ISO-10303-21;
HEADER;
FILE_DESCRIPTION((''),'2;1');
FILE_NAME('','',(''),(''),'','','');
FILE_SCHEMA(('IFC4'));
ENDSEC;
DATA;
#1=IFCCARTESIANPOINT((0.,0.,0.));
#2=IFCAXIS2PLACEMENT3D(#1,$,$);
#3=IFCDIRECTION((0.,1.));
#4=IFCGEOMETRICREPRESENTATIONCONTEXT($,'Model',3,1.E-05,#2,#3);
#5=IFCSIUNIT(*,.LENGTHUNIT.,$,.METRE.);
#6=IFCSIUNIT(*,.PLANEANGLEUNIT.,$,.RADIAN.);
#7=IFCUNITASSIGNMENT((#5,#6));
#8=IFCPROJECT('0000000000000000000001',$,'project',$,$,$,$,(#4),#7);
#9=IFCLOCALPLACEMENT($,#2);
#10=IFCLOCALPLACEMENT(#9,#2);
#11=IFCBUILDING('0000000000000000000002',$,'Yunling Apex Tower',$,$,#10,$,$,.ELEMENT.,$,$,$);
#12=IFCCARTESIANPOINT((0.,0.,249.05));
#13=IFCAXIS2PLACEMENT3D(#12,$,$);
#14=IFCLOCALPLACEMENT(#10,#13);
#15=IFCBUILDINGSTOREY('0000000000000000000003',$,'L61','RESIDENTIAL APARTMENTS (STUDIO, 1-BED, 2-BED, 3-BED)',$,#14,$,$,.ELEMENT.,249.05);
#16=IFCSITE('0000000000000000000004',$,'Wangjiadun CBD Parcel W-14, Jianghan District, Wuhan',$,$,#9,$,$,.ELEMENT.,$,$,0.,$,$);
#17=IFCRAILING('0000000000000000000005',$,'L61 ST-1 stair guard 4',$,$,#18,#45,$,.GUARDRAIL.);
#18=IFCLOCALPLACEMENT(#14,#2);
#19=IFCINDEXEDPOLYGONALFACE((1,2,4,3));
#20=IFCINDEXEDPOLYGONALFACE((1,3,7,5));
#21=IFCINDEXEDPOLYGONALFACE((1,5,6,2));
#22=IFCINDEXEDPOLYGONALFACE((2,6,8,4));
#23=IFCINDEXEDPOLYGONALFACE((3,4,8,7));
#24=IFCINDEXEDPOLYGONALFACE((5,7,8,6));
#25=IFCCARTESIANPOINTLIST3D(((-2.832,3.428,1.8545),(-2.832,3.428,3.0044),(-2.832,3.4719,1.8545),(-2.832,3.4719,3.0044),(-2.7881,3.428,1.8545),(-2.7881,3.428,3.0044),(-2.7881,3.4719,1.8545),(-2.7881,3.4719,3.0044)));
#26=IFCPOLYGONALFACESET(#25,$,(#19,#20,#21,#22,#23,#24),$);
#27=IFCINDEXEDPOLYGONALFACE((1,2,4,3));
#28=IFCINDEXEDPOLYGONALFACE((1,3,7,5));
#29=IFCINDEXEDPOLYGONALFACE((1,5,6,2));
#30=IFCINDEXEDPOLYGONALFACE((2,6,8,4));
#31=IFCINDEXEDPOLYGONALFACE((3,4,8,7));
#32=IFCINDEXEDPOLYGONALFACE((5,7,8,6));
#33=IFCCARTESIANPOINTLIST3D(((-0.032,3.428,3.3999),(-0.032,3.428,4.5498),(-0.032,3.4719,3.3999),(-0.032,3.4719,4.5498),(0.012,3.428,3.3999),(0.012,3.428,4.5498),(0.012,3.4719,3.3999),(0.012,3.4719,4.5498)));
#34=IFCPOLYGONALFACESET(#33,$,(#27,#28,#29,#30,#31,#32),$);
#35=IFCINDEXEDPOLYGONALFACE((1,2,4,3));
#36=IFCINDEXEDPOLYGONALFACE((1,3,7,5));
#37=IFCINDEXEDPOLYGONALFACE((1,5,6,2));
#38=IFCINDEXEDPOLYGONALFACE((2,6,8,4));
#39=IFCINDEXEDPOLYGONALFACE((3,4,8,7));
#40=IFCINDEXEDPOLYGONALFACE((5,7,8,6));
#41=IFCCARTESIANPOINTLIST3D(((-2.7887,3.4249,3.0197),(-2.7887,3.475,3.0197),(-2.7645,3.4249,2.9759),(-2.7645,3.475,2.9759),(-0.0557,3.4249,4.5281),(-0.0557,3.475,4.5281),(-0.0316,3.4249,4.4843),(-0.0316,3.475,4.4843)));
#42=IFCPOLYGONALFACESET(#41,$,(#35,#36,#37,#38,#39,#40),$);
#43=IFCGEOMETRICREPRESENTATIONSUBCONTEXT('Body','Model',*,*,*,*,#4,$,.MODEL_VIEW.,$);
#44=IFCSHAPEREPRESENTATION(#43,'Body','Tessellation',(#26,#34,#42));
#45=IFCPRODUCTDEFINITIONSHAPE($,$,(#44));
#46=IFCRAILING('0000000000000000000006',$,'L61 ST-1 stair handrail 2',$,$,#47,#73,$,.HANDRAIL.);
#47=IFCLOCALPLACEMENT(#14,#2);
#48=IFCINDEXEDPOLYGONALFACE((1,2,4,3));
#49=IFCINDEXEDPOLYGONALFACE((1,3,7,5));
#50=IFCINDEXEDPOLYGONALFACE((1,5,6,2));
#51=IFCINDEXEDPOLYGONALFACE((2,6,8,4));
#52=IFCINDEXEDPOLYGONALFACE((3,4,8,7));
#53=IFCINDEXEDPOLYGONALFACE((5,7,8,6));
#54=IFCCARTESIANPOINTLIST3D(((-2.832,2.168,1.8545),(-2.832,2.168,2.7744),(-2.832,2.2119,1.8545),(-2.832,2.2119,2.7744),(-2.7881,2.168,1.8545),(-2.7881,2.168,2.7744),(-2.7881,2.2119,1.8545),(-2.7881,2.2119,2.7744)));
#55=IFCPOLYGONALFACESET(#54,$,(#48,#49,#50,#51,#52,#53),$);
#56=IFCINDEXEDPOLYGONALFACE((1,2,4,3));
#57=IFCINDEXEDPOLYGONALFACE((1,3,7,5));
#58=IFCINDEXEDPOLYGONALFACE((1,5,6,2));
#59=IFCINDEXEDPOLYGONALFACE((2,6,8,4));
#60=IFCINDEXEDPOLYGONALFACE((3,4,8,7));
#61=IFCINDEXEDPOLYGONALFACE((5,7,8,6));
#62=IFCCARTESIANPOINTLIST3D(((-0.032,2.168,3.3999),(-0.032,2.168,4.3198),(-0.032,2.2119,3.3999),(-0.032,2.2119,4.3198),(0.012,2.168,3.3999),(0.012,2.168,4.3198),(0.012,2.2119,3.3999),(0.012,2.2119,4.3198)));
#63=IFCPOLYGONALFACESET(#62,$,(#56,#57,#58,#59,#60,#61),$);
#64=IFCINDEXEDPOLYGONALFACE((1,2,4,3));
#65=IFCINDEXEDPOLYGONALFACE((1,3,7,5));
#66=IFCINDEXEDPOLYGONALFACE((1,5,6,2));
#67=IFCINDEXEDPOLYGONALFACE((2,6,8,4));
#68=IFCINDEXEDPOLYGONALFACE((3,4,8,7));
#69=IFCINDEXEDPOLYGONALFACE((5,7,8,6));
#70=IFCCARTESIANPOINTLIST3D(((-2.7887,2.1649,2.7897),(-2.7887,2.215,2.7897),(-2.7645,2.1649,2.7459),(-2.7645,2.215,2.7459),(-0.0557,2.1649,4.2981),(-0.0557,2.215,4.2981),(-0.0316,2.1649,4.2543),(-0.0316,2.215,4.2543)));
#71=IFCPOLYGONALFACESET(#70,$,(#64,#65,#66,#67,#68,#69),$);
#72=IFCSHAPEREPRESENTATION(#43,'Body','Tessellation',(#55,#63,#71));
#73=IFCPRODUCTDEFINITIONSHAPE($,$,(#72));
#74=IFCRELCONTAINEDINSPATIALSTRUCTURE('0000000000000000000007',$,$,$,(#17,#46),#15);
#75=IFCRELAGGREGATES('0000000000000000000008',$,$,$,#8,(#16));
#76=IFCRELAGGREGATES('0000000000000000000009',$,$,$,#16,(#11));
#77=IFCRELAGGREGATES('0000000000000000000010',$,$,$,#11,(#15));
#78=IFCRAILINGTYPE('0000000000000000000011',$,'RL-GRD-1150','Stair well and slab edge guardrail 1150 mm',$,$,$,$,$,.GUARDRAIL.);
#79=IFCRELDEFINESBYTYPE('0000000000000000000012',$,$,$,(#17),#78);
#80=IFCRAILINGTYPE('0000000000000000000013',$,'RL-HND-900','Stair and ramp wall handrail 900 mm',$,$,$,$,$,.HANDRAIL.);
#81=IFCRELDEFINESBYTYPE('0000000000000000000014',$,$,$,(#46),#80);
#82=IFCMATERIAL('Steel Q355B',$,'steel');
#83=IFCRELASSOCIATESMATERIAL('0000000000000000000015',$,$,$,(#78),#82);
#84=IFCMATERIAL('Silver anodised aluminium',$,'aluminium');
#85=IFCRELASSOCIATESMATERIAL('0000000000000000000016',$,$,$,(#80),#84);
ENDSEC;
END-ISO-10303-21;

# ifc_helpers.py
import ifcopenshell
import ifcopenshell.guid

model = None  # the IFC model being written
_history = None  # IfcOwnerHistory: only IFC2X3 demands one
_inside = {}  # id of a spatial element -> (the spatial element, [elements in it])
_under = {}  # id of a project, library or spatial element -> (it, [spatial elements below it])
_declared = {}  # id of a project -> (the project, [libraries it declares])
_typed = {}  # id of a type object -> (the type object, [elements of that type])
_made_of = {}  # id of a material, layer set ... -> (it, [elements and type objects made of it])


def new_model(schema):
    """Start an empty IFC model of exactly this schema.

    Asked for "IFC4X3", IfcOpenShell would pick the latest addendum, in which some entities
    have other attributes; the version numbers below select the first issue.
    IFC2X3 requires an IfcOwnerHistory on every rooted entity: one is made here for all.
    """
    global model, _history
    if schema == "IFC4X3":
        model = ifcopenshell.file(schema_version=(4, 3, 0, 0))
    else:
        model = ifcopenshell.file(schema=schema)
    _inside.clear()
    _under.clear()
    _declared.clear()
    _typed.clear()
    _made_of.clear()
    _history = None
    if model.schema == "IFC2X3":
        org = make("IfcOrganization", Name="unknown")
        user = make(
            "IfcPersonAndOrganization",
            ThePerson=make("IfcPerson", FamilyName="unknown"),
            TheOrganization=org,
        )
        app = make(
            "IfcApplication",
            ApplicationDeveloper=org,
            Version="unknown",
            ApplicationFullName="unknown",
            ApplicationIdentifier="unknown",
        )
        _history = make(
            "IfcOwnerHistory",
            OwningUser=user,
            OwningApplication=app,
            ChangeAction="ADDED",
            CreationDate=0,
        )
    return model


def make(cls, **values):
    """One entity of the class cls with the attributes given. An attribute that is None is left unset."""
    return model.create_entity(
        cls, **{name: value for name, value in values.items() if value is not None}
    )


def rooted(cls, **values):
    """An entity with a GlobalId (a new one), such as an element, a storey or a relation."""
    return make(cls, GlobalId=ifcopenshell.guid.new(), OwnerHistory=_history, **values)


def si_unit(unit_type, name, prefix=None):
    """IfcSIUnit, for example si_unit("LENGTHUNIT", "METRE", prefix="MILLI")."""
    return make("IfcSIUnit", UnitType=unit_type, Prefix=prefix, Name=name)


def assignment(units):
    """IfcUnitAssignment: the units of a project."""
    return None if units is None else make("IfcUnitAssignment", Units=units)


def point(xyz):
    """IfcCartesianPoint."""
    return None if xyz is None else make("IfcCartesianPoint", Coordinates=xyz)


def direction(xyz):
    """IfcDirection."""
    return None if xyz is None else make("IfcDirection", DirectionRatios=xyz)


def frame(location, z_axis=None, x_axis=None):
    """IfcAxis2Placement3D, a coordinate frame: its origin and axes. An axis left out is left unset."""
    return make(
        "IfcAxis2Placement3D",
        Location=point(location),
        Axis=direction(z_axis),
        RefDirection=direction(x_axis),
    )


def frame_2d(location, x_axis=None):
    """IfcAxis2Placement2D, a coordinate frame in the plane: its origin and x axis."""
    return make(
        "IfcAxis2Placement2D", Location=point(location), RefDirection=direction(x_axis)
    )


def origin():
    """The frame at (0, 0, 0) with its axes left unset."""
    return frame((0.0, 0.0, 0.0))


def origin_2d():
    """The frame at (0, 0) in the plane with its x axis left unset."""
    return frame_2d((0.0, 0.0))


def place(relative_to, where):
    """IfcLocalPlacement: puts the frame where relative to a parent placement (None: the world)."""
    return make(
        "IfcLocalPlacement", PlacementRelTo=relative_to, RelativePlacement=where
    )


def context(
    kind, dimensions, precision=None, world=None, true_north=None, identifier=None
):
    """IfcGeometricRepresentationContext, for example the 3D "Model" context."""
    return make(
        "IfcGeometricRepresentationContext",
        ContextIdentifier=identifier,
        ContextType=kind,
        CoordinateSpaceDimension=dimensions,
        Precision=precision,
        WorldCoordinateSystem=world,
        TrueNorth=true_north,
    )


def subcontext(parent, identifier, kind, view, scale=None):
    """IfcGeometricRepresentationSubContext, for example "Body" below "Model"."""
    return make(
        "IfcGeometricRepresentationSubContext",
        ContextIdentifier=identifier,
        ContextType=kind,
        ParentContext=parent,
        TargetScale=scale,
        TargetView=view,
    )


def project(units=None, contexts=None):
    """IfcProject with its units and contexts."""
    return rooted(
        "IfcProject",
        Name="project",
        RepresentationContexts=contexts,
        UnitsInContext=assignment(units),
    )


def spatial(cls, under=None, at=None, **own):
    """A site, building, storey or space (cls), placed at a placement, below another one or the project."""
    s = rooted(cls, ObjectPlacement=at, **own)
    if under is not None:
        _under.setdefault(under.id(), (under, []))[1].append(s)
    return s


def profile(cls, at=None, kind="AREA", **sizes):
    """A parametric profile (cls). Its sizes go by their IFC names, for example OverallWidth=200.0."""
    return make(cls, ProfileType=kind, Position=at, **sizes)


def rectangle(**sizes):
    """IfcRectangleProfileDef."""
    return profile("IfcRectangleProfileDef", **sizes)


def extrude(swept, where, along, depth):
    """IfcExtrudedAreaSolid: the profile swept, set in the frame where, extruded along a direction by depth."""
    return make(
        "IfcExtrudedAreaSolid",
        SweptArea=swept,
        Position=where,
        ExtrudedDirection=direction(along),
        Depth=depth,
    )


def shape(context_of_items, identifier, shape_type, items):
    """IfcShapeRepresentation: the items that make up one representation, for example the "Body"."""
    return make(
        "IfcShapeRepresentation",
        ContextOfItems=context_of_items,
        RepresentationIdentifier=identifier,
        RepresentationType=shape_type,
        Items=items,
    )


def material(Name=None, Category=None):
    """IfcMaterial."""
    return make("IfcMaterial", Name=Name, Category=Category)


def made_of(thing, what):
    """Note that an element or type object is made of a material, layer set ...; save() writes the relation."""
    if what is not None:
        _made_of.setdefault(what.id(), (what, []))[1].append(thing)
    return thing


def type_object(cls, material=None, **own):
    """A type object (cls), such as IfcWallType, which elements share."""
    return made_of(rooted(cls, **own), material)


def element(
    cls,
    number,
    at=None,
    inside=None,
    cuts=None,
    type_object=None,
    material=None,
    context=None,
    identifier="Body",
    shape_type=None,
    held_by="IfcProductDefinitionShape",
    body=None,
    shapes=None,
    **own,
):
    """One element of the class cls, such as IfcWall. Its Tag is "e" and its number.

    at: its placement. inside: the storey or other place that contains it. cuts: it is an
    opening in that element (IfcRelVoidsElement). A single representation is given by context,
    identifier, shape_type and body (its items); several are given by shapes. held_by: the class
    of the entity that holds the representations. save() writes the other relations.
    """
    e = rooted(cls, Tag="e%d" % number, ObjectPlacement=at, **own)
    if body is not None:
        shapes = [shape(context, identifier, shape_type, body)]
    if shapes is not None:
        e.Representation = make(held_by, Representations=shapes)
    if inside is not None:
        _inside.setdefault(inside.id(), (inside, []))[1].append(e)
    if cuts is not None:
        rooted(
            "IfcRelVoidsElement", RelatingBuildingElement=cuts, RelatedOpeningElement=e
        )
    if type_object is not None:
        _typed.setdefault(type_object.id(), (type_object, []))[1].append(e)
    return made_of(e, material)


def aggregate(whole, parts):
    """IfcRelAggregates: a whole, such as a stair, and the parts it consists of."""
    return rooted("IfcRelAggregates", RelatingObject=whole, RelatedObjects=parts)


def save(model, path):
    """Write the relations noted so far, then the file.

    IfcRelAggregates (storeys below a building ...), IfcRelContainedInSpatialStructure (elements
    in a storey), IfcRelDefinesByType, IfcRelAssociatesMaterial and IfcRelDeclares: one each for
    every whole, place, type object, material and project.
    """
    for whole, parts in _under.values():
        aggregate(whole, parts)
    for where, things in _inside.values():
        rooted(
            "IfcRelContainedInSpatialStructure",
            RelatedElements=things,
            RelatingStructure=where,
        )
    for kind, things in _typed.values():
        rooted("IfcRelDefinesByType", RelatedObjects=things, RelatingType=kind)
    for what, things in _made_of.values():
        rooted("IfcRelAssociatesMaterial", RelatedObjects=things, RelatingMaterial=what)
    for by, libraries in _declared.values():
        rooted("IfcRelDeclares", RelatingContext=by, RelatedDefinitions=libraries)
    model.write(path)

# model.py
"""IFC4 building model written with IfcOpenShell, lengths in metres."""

from ifc_helpers import new_model, si_unit, direction, frame, origin, origin_2d, place, context, subcontext, project, spatial, rectangle, extrude, material, type_object, element, save


model = new_model("IFC4")

# Units and contexts
model_context = context("Model", 3, precision=1e-05, world=origin(), true_north=direction((0.0, 1.0)))
body_context = subcontext(model_context, "Body", "Model", "MODEL_VIEW")
ifc_project = project(units=[si_unit("LENGTHUNIT", "METRE"), si_unit("PLANEANGLEUNIT", "RADIAN")], contexts=[model_context])

# Site, building, storey
site_placement = place(None, origin())
site = spatial("IfcSite", under=ifc_project, at=site_placement, Name="Wangjiadun CBD Parcel W-14, Jianghan District, Wuhan", CompositionType="ELEMENT", RefElevation=0.0)
building_placement = place(site_placement, origin())
building = spatial("IfcBuilding", under=site, at=building_placement, Name="Yunling Apex Tower", CompositionType="ELEMENT")
storey_placement = place(building_placement, frame((0.0, 0.0, 249.05)))
storey = spatial("IfcBuildingStorey", under=building, at=storey_placement, Name="L61", Description="RESIDENTIAL APARTMENTS (STUDIO, 1-BED, 2-BED, 3-BED)", CompositionType="ELEMENT", Elevation=249.05)

# Shared definitions
ifc_material_1 = material(Name="Steel Q355B", Category="steel")

# Railings
railing_type_1 = type_object("IfcRailingType", Name="RL-GRD-1150", Description="Stair well and slab edge guardrail 1150 mm", PredefinedType="GUARDRAIL", material=ifc_material_1)
railing_1_placement = place(storey_placement, frame((-2.8101, 3.45, 1.8545)))
element("IfcRailing", 1, at=railing_1_placement, inside=storey, type_object=railing_type_1, Name="L61 ST-1 stair guard 4", PredefinedType="GUARDRAIL", context=body_context, shape_type="SweptSolid", body=[
    extrude(rectangle(XDim=0.0439, YDim=0.0439, at=origin_2d()), origin(), (0.0, 0.0, 1.0), 1.1499),
    extrude(rectangle(XDim=0.0439, YDim=0.0439, at=origin_2d()), frame((2.8, 0.0, 1.5454)), (0.0, 0.0, 1.0), 1.1499),
    extrude(rectangle(XDim=0.05, YDim=0.05, at=origin_2d()), frame((0.0334, 0.0, 1.1433), z_axis=(0.875504, 0.0, 0.483211), x_axis=(0.0, 1.0, 0.0)), (0.0, 0.0, 1.0), 3.1216),
])
ifc_material_2 = material(Name="Silver anodised aluminium", Category="aluminium")
railing_type_2 = type_object("IfcRailingType", Name="RL-HND-900", Description="Stair and ramp wall handrail 900 mm", PredefinedType="HANDRAIL", material=ifc_material_2)
railing_2_placement = place(storey_placement, frame((-2.8101, 2.1899, 1.8545)))
element("IfcRailing", 2, at=railing_2_placement, inside=storey, type_object=railing_type_2, Name="L61 ST-1 stair handrail 2", PredefinedType="HANDRAIL", context=body_context, shape_type="SweptSolid", body=[
    extrude(rectangle(XDim=0.0439, YDim=0.0439, at=origin_2d()), origin(), (0.0, 0.0, 1.0), 0.9199),
    extrude(rectangle(XDim=0.0439, YDim=0.0439, at=origin_2d()), frame((2.8, 0.0, 1.5454)), (0.0, 0.0, 1.0), 0.9199),
    extrude(rectangle(XDim=0.05, YDim=0.05, at=origin_2d()), frame((0.0334, 0.0, 0.9133), z_axis=(0.875504, 0.0, 0.483211), x_axis=(0.0, 1.0, 0.0)), (0.0, 0.0, 1.0), 3.1216),
])

save(model, "model.ifc")
